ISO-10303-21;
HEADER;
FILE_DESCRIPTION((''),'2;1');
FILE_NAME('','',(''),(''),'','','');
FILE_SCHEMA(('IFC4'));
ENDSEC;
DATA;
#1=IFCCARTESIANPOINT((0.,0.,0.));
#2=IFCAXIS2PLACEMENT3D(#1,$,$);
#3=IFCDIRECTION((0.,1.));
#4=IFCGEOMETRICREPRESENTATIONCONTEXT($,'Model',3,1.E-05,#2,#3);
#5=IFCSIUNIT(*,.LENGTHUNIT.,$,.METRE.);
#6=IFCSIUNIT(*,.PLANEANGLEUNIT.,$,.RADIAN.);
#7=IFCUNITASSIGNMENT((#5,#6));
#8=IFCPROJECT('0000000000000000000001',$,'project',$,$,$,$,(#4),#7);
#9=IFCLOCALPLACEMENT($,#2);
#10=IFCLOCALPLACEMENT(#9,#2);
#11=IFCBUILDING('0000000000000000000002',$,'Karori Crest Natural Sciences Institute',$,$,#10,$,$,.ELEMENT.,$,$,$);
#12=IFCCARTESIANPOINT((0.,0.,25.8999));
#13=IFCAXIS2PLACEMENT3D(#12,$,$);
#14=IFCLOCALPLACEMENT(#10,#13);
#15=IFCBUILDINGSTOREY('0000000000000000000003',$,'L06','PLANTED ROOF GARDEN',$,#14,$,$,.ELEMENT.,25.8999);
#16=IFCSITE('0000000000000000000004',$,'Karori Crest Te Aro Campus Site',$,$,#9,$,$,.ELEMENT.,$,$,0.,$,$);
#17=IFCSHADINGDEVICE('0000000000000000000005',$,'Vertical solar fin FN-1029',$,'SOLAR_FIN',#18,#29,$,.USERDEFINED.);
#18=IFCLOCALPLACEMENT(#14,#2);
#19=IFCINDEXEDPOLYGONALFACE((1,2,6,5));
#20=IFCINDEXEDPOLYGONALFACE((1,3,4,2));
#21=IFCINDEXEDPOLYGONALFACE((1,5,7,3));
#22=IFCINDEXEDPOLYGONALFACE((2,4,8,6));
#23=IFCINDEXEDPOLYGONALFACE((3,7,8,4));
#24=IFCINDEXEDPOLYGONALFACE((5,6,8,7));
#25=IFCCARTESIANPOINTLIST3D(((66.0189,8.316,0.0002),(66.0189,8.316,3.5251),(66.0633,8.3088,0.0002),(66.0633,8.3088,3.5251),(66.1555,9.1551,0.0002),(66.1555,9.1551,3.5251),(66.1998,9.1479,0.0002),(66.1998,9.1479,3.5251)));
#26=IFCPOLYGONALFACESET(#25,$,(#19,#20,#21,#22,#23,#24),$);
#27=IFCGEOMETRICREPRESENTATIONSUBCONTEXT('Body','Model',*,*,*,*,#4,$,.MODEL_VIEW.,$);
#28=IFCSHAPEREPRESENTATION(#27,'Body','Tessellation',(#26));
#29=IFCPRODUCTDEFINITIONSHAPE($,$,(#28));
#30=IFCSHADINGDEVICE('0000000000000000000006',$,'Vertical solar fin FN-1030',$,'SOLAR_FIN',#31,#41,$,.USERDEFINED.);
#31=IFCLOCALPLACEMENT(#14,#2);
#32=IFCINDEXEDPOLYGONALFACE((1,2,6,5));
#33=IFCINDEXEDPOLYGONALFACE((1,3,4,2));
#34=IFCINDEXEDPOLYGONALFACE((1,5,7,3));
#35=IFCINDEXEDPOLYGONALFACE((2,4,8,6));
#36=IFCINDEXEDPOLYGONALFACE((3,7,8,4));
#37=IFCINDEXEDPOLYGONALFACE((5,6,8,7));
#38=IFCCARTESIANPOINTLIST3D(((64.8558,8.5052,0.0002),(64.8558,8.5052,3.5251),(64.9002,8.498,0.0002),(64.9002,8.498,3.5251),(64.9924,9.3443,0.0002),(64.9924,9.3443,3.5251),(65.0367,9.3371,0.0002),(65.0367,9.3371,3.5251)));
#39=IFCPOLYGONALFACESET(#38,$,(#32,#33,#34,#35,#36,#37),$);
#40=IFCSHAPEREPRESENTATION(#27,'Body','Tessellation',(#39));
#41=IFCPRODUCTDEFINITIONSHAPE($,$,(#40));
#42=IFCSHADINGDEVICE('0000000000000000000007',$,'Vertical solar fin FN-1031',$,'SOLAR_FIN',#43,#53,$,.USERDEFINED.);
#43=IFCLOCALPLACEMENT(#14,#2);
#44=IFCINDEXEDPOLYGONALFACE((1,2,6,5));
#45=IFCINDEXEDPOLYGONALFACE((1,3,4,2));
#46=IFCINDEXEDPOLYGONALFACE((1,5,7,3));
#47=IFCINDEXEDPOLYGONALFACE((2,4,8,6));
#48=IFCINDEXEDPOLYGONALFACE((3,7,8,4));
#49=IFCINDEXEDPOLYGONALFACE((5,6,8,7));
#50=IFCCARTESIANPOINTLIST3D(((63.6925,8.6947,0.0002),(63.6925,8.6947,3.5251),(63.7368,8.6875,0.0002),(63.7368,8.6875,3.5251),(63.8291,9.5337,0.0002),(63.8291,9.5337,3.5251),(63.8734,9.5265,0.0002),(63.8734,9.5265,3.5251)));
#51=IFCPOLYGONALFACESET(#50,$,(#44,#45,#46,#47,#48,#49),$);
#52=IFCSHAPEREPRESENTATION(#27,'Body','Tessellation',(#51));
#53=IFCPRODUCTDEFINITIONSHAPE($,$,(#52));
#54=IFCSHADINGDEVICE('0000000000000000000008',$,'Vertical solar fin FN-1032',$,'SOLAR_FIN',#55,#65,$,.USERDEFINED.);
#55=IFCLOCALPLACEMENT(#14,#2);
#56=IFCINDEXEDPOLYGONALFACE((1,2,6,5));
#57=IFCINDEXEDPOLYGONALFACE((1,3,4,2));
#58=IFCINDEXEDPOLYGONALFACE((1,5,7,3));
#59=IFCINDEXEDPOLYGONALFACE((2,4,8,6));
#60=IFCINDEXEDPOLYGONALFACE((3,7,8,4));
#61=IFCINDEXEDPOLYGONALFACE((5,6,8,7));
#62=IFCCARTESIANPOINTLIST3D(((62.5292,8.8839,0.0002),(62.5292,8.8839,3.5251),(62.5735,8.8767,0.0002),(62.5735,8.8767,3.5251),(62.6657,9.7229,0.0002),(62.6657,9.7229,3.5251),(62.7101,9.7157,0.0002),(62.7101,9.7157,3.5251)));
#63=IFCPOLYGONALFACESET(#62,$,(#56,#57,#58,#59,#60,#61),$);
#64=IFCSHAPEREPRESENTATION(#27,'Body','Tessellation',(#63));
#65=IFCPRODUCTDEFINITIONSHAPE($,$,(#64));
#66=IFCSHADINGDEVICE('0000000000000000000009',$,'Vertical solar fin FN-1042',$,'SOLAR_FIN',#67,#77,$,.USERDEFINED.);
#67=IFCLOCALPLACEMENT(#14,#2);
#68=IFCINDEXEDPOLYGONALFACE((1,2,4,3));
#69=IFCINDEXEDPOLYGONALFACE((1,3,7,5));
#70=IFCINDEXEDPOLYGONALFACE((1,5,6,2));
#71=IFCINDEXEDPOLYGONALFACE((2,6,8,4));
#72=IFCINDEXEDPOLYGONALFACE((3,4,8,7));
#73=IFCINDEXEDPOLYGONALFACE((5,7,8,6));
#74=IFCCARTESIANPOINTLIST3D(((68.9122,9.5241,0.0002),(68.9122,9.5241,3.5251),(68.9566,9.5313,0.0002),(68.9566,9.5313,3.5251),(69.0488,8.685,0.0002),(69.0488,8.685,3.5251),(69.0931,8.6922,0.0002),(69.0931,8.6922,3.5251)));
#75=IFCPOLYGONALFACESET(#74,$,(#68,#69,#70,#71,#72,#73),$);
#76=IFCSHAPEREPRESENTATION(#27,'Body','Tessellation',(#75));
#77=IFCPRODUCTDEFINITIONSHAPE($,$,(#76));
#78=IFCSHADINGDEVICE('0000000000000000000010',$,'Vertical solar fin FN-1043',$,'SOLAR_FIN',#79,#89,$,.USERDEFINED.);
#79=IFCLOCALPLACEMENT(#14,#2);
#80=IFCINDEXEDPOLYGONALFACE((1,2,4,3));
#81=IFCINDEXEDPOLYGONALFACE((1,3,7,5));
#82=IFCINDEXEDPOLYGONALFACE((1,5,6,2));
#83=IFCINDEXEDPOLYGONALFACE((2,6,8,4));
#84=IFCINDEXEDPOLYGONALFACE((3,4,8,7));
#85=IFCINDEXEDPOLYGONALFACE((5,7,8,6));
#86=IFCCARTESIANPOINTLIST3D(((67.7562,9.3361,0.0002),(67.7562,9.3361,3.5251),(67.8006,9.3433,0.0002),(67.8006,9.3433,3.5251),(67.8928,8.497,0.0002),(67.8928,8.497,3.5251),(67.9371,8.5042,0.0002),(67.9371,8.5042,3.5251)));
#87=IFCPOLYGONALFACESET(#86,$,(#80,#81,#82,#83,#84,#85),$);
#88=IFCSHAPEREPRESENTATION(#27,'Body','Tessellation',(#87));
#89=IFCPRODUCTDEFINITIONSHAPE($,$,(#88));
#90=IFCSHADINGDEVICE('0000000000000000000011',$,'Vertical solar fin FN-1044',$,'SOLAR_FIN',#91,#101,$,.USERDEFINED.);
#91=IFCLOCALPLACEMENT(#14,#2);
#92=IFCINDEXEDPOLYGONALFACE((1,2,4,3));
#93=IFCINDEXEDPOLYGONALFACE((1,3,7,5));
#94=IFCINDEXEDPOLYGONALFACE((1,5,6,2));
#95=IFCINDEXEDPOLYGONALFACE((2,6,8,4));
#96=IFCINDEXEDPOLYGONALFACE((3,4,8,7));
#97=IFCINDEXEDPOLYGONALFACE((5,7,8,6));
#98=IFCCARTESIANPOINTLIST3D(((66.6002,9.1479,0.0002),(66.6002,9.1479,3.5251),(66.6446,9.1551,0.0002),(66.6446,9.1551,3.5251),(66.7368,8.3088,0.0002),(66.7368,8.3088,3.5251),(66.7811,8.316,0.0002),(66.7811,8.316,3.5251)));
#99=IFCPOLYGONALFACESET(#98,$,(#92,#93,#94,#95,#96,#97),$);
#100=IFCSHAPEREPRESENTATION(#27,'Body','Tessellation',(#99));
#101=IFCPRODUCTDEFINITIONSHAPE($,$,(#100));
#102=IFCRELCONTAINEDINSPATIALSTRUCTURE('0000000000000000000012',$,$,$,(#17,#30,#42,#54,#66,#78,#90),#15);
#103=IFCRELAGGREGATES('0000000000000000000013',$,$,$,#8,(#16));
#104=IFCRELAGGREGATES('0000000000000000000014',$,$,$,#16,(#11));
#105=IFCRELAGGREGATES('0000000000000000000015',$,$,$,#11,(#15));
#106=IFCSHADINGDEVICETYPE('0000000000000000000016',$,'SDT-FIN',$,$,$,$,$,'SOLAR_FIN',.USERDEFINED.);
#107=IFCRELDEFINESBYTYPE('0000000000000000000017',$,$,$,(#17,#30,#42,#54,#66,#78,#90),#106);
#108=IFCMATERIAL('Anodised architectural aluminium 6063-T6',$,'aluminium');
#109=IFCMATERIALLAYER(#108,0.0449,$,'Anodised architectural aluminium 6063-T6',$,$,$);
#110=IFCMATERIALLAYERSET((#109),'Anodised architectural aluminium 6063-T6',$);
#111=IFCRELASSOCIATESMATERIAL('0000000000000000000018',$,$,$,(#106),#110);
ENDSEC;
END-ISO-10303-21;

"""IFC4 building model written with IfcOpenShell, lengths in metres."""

from ifc_helpers import new_model, si_unit, direction, frame, origin, origin_2d, place, context, subcontext, project, spatial, rectangle, extrude, material, layer, layer_set, type_object, element, save


model = new_model("IFC4")

# Units and contexts
model_context = context("Model", 3, precision=1e-05, world=origin(), true_north=direction((0.0, 1.0)))
body_context = subcontext(model_context, "Body", "Model", "MODEL_VIEW")
ifc_project = project(units=[si_unit("LENGTHUNIT", "METRE"), si_unit("PLANEANGLEUNIT", "RADIAN")], contexts=[model_context])

# Site, building, storey
site_placement = place(None, origin())
site = spatial("IfcSite", under=ifc_project, at=site_placement, Name="Karori Crest Te Aro Campus Site", CompositionType="ELEMENT", RefElevation=0.0)
building_placement = place(site_placement, origin())
building = spatial("IfcBuilding", under=site, at=building_placement, Name="Karori Crest Natural Sciences Institute", CompositionType="ELEMENT")
storey_placement = place(building_placement, frame((0.0, 0.0, 25.8999)))
storey = spatial("IfcBuildingStorey", under=building, at=storey_placement, Name="L06", Description="PLANTED ROOF GARDEN", CompositionType="ELEMENT", Elevation=25.8999)

# Shared definitions
ifc_material_1 = material(Name="Anodised architectural aluminium 6063-T6", Category="aluminium")

# Shading devices
ifc_layer_1 = layer(ifc_material_1, 0.0449, Name="Anodised architectural aluminium 6063-T6")
ifc_layer_set_1 = layer_set([ifc_layer_1], Name="Anodised architectural aluminium 6063-T6")
shading_device_type = type_object("IfcShadingDeviceType", Name="SDT-FIN", ElementType="SOLAR_FIN", PredefinedType="USERDEFINED", material=ifc_layer_set_1)
for number, where, z_axis, x_axis, name in (
    (1, (66.1094, 8.7319, 0.0002), (0.0, 0.0, 1.0), (-0.160655, -0.987011, 0.0), "Vertical solar fin FN-1029"),
    (2, (64.9463, 8.9211, 0.0002), (0.0, 0.0, 1.0), (-0.160655, -0.987011, 0.0), "Vertical solar fin FN-1030"),
    (3, (63.783, 9.1106, 0.0002), (0.0, 0.0, 1.0), (-0.160655, -0.987011, 0.0), "Vertical solar fin FN-1031"),
    (4, (62.6196, 9.2998, 0.0002), (0.0, 0.0, 1.0), (-0.160655, -0.987011, 0.0), "Vertical solar fin FN-1032"),
    (5, (69.0027, 9.1082, 0.0002), (0.0, 0.0, 1.0), (0.16065, -0.987012, 0.0), "Vertical solar fin FN-1042"),
    (6, (67.8467, 8.9202, 0.0002), (0.0, 0.0, 1.0), (0.16065, -0.987012, 0.0), "Vertical solar fin FN-1043"),
    (7, (66.6907, 8.7319, 0.0002), (0.0, 0.0, 1.0), (0.16065, -0.987012, 0.0), "Vertical solar fin FN-1044"),
):
    element("IfcShadingDevice", number, at=place(storey_placement, frame(where, z_axis=z_axis, x_axis=x_axis)), inside=storey, type_object=shading_device_type, Name=name, ObjectType="SOLAR_FIN", PredefinedType="USERDEFINED", context=body_context, shape_type="SweptSolid", body=[
        extrude(rectangle(XDim=0.8501, YDim=0.0449, at=origin_2d()), origin(), (0.0, 0.0, 1.0), 3.5249),
    ])

save(model, "model.ifc")
